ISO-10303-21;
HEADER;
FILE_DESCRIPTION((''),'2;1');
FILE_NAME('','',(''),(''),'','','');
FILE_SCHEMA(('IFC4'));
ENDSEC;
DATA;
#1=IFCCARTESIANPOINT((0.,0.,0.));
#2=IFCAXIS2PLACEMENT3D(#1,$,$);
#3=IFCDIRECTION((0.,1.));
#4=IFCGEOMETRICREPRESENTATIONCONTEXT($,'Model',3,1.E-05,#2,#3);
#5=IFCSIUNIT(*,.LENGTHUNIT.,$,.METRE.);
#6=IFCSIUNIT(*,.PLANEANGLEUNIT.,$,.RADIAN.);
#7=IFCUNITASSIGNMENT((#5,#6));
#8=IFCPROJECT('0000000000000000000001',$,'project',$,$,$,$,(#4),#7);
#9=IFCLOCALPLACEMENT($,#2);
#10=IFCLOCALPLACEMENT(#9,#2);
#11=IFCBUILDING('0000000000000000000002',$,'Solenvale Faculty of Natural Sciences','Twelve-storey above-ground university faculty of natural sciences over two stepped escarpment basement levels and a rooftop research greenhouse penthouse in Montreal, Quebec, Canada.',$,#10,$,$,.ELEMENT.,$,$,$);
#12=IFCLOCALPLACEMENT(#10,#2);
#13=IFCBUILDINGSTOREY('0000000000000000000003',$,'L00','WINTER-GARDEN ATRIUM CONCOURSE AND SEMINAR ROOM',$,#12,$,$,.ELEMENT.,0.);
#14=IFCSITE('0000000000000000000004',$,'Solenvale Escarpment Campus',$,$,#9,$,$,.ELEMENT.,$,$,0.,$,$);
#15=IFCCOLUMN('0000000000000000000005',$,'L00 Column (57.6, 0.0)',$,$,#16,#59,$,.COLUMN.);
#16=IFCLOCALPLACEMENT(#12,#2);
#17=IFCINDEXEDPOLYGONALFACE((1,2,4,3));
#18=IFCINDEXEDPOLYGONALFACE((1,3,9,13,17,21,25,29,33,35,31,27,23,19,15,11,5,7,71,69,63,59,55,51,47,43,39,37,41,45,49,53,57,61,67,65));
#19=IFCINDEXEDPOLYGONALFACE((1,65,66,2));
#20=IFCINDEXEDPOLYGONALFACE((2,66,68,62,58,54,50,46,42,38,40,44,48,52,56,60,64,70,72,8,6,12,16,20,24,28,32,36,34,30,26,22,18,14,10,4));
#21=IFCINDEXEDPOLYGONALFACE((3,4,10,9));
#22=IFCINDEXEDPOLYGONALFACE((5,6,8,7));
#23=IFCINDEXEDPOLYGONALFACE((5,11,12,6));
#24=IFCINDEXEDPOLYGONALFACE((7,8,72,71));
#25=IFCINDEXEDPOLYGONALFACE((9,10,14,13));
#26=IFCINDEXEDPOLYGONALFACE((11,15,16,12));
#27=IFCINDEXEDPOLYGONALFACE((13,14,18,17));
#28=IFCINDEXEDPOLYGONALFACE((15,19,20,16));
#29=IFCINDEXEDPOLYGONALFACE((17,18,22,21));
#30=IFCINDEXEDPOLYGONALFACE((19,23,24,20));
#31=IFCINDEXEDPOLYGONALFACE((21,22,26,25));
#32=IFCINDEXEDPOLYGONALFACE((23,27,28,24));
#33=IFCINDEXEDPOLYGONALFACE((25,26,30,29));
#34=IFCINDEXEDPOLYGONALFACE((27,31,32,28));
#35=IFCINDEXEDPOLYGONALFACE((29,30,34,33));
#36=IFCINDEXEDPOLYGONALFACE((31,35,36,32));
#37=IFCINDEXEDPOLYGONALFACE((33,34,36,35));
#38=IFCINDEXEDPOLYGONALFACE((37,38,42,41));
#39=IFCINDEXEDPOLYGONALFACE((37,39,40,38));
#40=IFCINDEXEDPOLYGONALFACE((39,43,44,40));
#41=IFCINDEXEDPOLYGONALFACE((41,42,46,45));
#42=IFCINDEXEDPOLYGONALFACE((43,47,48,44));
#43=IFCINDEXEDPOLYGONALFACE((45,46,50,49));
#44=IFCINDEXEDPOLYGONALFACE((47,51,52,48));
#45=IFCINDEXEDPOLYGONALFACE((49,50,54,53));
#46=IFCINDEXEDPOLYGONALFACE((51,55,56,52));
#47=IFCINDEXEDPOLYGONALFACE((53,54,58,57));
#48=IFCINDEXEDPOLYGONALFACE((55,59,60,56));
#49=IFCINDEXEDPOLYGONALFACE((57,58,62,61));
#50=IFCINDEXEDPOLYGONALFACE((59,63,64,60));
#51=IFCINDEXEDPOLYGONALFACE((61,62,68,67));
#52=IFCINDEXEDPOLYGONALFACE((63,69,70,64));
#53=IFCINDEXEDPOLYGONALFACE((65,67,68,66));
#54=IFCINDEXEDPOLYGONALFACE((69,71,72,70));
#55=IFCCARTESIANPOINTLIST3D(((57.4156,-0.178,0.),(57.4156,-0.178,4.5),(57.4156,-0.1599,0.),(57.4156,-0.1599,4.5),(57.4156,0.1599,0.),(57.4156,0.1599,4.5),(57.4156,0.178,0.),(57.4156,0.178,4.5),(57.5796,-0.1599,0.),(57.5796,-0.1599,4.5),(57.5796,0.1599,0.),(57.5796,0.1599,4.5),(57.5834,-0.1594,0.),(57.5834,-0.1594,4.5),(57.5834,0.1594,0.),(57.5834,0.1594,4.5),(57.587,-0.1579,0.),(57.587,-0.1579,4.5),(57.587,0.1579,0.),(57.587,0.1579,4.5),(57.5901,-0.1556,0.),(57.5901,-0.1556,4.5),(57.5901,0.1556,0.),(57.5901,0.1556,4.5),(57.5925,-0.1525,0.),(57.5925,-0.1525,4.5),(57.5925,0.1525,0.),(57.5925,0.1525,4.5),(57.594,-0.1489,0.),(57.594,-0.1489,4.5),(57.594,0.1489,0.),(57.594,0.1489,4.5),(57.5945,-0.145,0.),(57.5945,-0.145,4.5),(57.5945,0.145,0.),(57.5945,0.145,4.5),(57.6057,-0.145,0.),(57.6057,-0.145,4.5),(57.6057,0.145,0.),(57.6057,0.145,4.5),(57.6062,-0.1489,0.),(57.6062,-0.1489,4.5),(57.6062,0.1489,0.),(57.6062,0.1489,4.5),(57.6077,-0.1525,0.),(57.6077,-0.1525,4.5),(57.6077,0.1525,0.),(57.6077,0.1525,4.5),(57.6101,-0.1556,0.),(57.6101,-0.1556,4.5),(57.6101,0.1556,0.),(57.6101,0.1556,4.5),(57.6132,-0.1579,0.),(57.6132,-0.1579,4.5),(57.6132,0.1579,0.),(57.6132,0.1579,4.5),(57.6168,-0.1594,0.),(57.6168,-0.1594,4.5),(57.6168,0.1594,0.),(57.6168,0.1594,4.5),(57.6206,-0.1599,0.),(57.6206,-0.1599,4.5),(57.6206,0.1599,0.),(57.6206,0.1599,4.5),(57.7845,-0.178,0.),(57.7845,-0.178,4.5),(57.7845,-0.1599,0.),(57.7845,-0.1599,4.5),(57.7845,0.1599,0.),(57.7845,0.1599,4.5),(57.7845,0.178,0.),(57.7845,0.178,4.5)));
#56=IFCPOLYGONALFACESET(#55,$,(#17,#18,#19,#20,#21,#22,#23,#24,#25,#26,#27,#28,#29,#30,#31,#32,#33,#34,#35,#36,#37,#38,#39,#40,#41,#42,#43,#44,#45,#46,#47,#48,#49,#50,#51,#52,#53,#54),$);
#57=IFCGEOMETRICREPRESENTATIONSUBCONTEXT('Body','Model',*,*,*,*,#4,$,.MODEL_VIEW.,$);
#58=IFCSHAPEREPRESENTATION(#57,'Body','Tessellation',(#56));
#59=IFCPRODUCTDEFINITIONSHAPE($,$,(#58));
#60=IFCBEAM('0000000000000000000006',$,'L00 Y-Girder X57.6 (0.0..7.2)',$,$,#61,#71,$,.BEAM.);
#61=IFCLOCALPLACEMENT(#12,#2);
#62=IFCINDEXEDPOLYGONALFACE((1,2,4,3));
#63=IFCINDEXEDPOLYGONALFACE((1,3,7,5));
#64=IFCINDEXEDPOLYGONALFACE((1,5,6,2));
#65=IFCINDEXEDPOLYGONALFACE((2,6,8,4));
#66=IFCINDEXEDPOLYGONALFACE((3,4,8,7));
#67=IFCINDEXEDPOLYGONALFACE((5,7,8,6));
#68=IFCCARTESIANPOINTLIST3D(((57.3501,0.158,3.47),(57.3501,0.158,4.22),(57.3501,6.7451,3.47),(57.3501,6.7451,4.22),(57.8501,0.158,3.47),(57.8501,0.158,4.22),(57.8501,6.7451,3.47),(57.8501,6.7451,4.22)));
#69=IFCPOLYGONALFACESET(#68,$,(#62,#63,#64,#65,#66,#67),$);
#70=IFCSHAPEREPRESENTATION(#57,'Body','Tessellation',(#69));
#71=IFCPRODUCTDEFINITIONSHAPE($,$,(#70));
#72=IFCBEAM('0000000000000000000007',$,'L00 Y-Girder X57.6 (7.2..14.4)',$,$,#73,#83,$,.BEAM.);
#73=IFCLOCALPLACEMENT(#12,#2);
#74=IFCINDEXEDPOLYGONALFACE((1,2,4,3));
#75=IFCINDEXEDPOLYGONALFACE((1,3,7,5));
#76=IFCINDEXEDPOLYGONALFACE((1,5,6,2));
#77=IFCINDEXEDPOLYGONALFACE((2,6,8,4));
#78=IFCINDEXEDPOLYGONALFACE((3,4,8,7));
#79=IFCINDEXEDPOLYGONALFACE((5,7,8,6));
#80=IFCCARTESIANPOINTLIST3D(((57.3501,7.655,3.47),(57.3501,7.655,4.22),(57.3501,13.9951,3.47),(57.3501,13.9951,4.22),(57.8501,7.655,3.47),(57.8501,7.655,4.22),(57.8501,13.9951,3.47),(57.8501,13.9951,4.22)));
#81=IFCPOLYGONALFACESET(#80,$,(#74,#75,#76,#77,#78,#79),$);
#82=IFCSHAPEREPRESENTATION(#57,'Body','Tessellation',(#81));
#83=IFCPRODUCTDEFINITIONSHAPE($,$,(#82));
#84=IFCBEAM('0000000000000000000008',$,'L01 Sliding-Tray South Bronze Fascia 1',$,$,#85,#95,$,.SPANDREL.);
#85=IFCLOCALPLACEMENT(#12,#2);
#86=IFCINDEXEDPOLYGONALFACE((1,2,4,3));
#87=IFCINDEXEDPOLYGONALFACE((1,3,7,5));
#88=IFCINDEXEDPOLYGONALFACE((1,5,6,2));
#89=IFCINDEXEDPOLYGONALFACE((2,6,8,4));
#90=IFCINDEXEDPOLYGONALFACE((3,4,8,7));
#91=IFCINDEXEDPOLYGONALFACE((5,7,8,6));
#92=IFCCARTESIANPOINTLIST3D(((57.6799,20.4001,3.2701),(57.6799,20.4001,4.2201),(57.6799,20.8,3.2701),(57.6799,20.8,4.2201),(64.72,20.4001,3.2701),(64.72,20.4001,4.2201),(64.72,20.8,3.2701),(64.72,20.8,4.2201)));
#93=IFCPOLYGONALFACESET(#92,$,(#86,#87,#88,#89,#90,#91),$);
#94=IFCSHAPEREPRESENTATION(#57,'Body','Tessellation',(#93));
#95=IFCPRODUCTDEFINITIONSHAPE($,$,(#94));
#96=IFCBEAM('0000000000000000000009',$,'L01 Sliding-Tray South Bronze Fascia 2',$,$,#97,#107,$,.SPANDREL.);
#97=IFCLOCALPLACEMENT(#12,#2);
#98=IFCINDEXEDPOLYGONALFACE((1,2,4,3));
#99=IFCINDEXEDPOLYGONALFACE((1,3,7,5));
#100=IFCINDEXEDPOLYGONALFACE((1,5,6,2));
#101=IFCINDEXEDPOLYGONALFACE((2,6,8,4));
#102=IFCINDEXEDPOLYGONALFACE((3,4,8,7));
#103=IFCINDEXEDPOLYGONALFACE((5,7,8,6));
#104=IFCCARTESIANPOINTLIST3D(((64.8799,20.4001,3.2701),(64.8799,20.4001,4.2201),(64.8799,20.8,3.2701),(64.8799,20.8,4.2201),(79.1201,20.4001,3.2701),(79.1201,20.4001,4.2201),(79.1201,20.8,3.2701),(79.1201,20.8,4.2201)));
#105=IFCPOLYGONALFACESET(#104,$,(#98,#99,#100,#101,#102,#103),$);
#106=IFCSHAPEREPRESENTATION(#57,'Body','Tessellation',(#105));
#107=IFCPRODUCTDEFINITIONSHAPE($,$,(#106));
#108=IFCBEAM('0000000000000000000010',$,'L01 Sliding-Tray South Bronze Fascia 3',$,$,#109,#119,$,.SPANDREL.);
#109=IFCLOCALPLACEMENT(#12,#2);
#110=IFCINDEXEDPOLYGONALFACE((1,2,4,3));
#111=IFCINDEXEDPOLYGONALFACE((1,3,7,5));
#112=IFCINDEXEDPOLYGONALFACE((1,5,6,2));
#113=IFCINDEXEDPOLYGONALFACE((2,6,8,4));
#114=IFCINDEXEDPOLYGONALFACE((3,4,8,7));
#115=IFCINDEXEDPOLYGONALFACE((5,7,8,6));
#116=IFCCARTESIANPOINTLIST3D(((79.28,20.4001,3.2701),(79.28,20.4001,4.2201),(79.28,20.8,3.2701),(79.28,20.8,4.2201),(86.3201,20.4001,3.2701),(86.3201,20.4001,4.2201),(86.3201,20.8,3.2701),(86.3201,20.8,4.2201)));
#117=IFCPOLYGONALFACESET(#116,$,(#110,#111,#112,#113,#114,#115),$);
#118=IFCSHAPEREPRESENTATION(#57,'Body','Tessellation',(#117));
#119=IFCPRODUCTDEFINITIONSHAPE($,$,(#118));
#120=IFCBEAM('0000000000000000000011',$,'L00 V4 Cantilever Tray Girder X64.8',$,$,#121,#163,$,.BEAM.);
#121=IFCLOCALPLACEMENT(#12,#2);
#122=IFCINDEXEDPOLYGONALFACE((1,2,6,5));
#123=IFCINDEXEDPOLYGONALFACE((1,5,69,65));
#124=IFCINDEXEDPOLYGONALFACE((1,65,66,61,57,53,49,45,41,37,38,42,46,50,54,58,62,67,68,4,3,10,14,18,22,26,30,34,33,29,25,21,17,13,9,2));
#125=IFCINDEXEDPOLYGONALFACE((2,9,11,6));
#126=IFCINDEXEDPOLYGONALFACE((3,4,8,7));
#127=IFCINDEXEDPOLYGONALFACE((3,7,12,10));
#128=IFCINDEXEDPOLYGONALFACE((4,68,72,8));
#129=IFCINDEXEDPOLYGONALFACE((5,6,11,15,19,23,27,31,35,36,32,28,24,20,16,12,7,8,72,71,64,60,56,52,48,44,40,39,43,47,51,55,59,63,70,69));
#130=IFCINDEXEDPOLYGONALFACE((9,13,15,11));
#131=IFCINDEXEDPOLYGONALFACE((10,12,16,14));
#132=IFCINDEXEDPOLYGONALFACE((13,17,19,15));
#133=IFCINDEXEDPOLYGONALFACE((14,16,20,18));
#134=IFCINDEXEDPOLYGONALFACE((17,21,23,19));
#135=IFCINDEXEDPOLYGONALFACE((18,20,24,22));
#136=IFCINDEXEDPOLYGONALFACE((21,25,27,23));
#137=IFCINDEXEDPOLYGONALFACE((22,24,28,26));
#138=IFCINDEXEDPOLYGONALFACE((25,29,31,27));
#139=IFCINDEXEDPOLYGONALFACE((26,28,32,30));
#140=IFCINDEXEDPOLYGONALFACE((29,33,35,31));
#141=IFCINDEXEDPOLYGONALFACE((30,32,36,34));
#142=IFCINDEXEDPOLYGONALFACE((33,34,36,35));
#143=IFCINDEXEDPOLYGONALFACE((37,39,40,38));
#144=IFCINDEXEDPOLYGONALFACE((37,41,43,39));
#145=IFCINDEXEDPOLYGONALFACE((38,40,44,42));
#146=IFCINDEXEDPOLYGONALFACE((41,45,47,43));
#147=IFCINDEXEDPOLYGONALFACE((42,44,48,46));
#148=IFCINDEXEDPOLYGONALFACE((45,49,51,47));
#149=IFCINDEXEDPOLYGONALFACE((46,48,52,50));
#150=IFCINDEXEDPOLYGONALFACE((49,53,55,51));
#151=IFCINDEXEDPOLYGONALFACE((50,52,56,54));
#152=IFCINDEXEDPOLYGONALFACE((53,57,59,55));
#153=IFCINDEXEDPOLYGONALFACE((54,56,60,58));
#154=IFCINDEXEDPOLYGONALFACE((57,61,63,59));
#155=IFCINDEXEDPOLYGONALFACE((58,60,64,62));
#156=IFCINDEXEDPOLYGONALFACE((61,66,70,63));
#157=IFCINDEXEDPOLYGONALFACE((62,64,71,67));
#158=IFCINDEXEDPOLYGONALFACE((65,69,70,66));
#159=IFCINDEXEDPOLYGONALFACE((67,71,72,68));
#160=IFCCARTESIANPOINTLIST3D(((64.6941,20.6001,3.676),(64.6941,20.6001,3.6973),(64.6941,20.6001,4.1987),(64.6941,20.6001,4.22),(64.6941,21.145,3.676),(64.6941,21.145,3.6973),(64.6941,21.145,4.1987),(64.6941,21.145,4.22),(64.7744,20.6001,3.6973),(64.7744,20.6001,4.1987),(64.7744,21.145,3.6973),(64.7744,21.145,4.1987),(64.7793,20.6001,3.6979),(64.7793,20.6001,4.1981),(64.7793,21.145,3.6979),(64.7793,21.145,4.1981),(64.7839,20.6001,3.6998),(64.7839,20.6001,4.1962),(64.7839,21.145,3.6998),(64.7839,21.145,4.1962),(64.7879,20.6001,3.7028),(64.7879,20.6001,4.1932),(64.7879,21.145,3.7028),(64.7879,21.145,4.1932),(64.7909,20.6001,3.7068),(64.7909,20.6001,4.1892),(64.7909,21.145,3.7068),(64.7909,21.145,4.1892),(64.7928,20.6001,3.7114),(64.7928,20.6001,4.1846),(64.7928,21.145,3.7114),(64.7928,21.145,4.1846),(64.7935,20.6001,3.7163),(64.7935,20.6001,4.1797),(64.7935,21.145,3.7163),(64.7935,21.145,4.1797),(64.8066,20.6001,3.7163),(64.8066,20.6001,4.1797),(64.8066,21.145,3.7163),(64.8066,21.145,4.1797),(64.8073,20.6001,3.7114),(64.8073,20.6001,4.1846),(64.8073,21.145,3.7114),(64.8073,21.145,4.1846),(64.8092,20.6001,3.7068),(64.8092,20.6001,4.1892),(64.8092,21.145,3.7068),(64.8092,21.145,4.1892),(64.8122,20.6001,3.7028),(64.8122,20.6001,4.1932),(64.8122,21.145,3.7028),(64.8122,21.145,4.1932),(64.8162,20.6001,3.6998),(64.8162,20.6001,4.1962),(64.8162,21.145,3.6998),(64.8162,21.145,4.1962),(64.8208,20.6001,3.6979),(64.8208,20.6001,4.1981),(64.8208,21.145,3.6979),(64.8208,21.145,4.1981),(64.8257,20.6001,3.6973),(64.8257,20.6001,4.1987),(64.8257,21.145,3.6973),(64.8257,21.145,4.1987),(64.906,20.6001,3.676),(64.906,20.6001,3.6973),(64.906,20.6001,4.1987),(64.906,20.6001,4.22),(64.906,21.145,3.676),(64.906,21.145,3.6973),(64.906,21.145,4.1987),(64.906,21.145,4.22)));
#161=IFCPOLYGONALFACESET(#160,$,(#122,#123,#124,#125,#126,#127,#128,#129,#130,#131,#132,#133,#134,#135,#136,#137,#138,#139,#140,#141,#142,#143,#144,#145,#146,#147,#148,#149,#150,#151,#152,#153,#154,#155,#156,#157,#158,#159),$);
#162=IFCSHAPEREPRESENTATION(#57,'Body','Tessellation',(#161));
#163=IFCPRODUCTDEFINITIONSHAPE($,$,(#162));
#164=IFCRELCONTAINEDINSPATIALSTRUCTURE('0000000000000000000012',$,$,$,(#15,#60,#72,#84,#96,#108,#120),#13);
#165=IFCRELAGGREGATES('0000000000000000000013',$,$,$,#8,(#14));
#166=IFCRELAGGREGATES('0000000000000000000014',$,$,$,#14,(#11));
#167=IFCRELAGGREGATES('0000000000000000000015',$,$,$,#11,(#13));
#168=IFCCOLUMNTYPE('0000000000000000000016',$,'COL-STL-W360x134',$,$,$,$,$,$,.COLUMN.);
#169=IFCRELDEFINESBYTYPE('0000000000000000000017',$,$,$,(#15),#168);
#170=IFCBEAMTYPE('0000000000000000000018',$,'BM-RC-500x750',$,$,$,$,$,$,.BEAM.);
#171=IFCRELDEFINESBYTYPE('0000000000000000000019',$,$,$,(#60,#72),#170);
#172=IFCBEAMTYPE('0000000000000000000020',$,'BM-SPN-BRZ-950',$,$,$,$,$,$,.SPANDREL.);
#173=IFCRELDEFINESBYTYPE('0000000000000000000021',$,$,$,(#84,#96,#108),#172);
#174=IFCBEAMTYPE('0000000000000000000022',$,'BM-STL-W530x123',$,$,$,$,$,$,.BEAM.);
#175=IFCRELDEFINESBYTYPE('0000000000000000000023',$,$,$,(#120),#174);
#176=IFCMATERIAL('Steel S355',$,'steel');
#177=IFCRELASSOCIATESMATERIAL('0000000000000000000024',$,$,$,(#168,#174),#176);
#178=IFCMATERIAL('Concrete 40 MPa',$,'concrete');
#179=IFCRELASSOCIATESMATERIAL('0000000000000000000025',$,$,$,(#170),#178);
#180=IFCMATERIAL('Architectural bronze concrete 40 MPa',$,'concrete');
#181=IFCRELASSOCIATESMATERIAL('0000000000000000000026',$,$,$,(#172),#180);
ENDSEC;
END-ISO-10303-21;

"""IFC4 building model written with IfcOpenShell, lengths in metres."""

from ifc_helpers import new_model, si_unit, direction, frame, origin, origin_2d, place, context, subcontext, project, spatial, rectangle, i_section, extrude, material, material_profile, profile_set, type_object, element, save


model = new_model("IFC4")

# Units and contexts
model_context = context("Model", 3, precision=1e-05, world=origin(), true_north=direction((0.0, 1.0)))
body_context = subcontext(model_context, "Body", "Model", "MODEL_VIEW")
ifc_project = project(units=[si_unit("LENGTHUNIT", "METRE"), si_unit("PLANEANGLEUNIT", "RADIAN")], contexts=[model_context])

# Site, building, storey
site_placement = place(None, origin())
site = spatial("IfcSite", under=ifc_project, at=site_placement, Name="Solenvale Escarpment Campus", CompositionType="ELEMENT", RefElevation=0.0)
building_placement = place(site_placement, origin())
building = spatial("IfcBuilding", under=site, at=building_placement, Name="Solenvale Faculty of Natural Sciences", Description="Twelve-storey above-ground university faculty of natural sciences over two stepped escarpment basement levels and a rooftop research greenhouse penthouse in Montreal, Quebec, Canada.", CompositionType="ELEMENT")
storey_placement = place(building_placement, origin())
storey = spatial("IfcBuildingStorey", under=building, at=storey_placement, Name="L00", Description="WINTER-GARDEN ATRIUM CONCOURSE AND SEMINAR ROOM", CompositionType="ELEMENT", Elevation=0.0)

# Shared definitions
ifc_material_1 = material(Name="Concrete 40 MPa", Category="concrete")

# Column
ifc_material_2 = material(Name="Architectural bronze concrete 40 MPa", Category="concrete")
ifc_material_3 = material(Name="Steel S355", Category="steel")
ifc_material_profile_1 = material_profile(ifc_material_3, i_section(OverallWidth=0.3689, OverallDepth=0.356, WebThickness=0.0112, FlangeThickness=0.0181, FilletRadius=0.0149, at=origin_2d()), Name="W360x134")
ifc_profile_set_1 = profile_set([ifc_material_profile_1], Name="Steel S355")
column_type_1 = type_object("IfcColumnType", Name="COL-STL-W360x134", PredefinedType="COLUMN", material=ifc_profile_set_1)
column_1_placement = place(storey_placement, frame((57.6001, 0.0, 0.0), z_axis=(0.0, 0.0, 1.0), x_axis=(1.0, 0.0, 0.0)))
element("IfcColumn", 1, at=column_1_placement, inside=storey, type_object=column_type_1, Name="L00 Column (57.6, 0.0)", PredefinedType="COLUMN", context=body_context, shape_type="SweptSolid", body=[
    extrude(i_section(OverallWidth=0.3689, OverallDepth=0.356, WebThickness=0.0112, FlangeThickness=0.0181, FilletRadius=0.0149, at=origin_2d()), origin(), (0.0, 0.0, 1.0), 4.5),
])

# Beams
ifc_material_profile_2 = material_profile(ifc_material_1, rectangle(XDim=0.5, YDim=0.75, at=origin_2d()), Name="RC-BM-500x750")
ifc_profile_set_2 = profile_set([ifc_material_profile_2], Name="Concrete 40 MPa")
beam_type_1 = type_object("IfcBeamType", Name="BM-RC-500x750", PredefinedType="BEAM", material=ifc_profile_set_2)
beam_1_placement = place(storey_placement, frame((57.6001, 0.158, 3.845), z_axis=(0.0, 1.0, 0.0), x_axis=(-1.0, 0.0, 0.0)))
element("IfcBeam", 2, at=beam_1_placement, inside=storey, type_object=beam_type_1, Name="L00 Y-Girder X57.6 (0.0..7.2)", PredefinedType="BEAM", context=body_context, shape_type="SweptSolid", body=[
    extrude(rectangle(XDim=0.5, YDim=0.75, at=origin_2d()), origin(), (0.0, 0.0, 1.0), 6.5872),
])
beam_2_placement = place(storey_placement, frame((57.6001, 7.655, 3.845), z_axis=(0.0, 1.0, 0.0), x_axis=(-1.0, 0.0, 0.0)))
element("IfcBeam", 3, at=beam_2_placement, inside=storey, type_object=beam_type_1, Name="L00 Y-Girder X57.6 (7.2..14.4)", PredefinedType="BEAM", context=body_context, shape_type="SweptSolid", body=[
    extrude(rectangle(XDim=0.5, YDim=0.75, at=origin_2d()), origin(), (0.0, 0.0, 1.0), 6.3401),
])
ifc_material_profile_3 = material_profile(ifc_material_2, rectangle(XDim=0.3999, YDim=0.95, at=origin_2d()), Name="RC-SPN-400x950")
ifc_profile_set_3 = profile_set([ifc_material_profile_3], Name="Architectural bronze concrete 40 MPa")
beam_type_2 = type_object("IfcBeamType", Name="BM-SPN-BRZ-950", PredefinedType="SPANDREL", material=ifc_profile_set_3)
beam_3_placement = place(storey_placement, frame((57.6799, 20.6001, 3.7451), z_axis=(1.0, 0.0, 0.0), x_axis=(0.0, 1.0, 0.0)))
element("IfcBeam", 4, at=beam_3_placement, inside=storey, type_object=beam_type_2, Name="L01 Sliding-Tray South Bronze Fascia 1", PredefinedType="SPANDREL", context=body_context, shape_type="SweptSolid", body=[
    extrude(rectangle(XDim=0.3999, YDim=0.95, at=origin_2d()), origin(), (0.0, 0.0, 1.0), 7.04),
])
beam_4_placement = place(storey_placement, frame((64.8799, 20.6001, 3.7451), z_axis=(1.0, 0.0, 0.0), x_axis=(0.0, 1.0, 0.0)))
element("IfcBeam", 5, at=beam_4_placement, inside=storey, type_object=beam_type_2, Name="L01 Sliding-Tray South Bronze Fascia 2", PredefinedType="SPANDREL", context=body_context, shape_type="SweptSolid", body=[
    extrude(rectangle(XDim=0.3999, YDim=0.95, at=origin_2d()), origin(), (0.0, 0.0, 1.0), 14.2402),
])
beam_5_placement = place(storey_placement, frame((79.28, 20.6001, 3.7451), z_axis=(1.0, 0.0, 0.0), x_axis=(0.0, 1.0, 0.0)))
element("IfcBeam", 6, at=beam_5_placement, inside=storey, type_object=beam_type_2, Name="L01 Sliding-Tray South Bronze Fascia 3", PredefinedType="SPANDREL", context=body_context, shape_type="SweptSolid", body=[
    extrude(rectangle(XDim=0.3999, YDim=0.95, at=origin_2d()), origin(), (0.0, 0.0, 1.0), 7.04),
])
ifc_material_profile_4 = material_profile(ifc_material_3, i_section(OverallWidth=0.2119, OverallDepth=0.5439, WebThickness=0.0132, FlangeThickness=0.0212, FilletRadius=0.019, at=origin_2d()), Name="W530x123")
ifc_profile_set_4 = profile_set([ifc_material_profile_4], Name="Steel S355")
beam_type_3 = type_object("IfcBeamType", Name="BM-STL-W530x123", PredefinedType="BEAM", material=ifc_profile_set_4)
for number, where, z_axis, x_axis, name in (
    (7, (64.8, 21.145, 3.948), (0.0, -1.0, 0.0), (1.0, 0.0, 0.0), "L00 V4 Cantilever Tray Girder X64.8"),
):
    element("IfcBeam", number, at=place(storey_placement, frame(where, z_axis=z_axis, x_axis=x_axis)), inside=storey, type_object=beam_type_3, Name=name, PredefinedType="BEAM", context=body_context, shape_type="SweptSolid", body=[
        extrude(i_section(OverallWidth=0.2119, OverallDepth=0.5439, WebThickness=0.0132, FlangeThickness=0.0212, FilletRadius=0.019, at=origin_2d()), origin(), (0.0, 0.0, 1.0), 0.5449),
    ])

save(model, "model.ifc")
